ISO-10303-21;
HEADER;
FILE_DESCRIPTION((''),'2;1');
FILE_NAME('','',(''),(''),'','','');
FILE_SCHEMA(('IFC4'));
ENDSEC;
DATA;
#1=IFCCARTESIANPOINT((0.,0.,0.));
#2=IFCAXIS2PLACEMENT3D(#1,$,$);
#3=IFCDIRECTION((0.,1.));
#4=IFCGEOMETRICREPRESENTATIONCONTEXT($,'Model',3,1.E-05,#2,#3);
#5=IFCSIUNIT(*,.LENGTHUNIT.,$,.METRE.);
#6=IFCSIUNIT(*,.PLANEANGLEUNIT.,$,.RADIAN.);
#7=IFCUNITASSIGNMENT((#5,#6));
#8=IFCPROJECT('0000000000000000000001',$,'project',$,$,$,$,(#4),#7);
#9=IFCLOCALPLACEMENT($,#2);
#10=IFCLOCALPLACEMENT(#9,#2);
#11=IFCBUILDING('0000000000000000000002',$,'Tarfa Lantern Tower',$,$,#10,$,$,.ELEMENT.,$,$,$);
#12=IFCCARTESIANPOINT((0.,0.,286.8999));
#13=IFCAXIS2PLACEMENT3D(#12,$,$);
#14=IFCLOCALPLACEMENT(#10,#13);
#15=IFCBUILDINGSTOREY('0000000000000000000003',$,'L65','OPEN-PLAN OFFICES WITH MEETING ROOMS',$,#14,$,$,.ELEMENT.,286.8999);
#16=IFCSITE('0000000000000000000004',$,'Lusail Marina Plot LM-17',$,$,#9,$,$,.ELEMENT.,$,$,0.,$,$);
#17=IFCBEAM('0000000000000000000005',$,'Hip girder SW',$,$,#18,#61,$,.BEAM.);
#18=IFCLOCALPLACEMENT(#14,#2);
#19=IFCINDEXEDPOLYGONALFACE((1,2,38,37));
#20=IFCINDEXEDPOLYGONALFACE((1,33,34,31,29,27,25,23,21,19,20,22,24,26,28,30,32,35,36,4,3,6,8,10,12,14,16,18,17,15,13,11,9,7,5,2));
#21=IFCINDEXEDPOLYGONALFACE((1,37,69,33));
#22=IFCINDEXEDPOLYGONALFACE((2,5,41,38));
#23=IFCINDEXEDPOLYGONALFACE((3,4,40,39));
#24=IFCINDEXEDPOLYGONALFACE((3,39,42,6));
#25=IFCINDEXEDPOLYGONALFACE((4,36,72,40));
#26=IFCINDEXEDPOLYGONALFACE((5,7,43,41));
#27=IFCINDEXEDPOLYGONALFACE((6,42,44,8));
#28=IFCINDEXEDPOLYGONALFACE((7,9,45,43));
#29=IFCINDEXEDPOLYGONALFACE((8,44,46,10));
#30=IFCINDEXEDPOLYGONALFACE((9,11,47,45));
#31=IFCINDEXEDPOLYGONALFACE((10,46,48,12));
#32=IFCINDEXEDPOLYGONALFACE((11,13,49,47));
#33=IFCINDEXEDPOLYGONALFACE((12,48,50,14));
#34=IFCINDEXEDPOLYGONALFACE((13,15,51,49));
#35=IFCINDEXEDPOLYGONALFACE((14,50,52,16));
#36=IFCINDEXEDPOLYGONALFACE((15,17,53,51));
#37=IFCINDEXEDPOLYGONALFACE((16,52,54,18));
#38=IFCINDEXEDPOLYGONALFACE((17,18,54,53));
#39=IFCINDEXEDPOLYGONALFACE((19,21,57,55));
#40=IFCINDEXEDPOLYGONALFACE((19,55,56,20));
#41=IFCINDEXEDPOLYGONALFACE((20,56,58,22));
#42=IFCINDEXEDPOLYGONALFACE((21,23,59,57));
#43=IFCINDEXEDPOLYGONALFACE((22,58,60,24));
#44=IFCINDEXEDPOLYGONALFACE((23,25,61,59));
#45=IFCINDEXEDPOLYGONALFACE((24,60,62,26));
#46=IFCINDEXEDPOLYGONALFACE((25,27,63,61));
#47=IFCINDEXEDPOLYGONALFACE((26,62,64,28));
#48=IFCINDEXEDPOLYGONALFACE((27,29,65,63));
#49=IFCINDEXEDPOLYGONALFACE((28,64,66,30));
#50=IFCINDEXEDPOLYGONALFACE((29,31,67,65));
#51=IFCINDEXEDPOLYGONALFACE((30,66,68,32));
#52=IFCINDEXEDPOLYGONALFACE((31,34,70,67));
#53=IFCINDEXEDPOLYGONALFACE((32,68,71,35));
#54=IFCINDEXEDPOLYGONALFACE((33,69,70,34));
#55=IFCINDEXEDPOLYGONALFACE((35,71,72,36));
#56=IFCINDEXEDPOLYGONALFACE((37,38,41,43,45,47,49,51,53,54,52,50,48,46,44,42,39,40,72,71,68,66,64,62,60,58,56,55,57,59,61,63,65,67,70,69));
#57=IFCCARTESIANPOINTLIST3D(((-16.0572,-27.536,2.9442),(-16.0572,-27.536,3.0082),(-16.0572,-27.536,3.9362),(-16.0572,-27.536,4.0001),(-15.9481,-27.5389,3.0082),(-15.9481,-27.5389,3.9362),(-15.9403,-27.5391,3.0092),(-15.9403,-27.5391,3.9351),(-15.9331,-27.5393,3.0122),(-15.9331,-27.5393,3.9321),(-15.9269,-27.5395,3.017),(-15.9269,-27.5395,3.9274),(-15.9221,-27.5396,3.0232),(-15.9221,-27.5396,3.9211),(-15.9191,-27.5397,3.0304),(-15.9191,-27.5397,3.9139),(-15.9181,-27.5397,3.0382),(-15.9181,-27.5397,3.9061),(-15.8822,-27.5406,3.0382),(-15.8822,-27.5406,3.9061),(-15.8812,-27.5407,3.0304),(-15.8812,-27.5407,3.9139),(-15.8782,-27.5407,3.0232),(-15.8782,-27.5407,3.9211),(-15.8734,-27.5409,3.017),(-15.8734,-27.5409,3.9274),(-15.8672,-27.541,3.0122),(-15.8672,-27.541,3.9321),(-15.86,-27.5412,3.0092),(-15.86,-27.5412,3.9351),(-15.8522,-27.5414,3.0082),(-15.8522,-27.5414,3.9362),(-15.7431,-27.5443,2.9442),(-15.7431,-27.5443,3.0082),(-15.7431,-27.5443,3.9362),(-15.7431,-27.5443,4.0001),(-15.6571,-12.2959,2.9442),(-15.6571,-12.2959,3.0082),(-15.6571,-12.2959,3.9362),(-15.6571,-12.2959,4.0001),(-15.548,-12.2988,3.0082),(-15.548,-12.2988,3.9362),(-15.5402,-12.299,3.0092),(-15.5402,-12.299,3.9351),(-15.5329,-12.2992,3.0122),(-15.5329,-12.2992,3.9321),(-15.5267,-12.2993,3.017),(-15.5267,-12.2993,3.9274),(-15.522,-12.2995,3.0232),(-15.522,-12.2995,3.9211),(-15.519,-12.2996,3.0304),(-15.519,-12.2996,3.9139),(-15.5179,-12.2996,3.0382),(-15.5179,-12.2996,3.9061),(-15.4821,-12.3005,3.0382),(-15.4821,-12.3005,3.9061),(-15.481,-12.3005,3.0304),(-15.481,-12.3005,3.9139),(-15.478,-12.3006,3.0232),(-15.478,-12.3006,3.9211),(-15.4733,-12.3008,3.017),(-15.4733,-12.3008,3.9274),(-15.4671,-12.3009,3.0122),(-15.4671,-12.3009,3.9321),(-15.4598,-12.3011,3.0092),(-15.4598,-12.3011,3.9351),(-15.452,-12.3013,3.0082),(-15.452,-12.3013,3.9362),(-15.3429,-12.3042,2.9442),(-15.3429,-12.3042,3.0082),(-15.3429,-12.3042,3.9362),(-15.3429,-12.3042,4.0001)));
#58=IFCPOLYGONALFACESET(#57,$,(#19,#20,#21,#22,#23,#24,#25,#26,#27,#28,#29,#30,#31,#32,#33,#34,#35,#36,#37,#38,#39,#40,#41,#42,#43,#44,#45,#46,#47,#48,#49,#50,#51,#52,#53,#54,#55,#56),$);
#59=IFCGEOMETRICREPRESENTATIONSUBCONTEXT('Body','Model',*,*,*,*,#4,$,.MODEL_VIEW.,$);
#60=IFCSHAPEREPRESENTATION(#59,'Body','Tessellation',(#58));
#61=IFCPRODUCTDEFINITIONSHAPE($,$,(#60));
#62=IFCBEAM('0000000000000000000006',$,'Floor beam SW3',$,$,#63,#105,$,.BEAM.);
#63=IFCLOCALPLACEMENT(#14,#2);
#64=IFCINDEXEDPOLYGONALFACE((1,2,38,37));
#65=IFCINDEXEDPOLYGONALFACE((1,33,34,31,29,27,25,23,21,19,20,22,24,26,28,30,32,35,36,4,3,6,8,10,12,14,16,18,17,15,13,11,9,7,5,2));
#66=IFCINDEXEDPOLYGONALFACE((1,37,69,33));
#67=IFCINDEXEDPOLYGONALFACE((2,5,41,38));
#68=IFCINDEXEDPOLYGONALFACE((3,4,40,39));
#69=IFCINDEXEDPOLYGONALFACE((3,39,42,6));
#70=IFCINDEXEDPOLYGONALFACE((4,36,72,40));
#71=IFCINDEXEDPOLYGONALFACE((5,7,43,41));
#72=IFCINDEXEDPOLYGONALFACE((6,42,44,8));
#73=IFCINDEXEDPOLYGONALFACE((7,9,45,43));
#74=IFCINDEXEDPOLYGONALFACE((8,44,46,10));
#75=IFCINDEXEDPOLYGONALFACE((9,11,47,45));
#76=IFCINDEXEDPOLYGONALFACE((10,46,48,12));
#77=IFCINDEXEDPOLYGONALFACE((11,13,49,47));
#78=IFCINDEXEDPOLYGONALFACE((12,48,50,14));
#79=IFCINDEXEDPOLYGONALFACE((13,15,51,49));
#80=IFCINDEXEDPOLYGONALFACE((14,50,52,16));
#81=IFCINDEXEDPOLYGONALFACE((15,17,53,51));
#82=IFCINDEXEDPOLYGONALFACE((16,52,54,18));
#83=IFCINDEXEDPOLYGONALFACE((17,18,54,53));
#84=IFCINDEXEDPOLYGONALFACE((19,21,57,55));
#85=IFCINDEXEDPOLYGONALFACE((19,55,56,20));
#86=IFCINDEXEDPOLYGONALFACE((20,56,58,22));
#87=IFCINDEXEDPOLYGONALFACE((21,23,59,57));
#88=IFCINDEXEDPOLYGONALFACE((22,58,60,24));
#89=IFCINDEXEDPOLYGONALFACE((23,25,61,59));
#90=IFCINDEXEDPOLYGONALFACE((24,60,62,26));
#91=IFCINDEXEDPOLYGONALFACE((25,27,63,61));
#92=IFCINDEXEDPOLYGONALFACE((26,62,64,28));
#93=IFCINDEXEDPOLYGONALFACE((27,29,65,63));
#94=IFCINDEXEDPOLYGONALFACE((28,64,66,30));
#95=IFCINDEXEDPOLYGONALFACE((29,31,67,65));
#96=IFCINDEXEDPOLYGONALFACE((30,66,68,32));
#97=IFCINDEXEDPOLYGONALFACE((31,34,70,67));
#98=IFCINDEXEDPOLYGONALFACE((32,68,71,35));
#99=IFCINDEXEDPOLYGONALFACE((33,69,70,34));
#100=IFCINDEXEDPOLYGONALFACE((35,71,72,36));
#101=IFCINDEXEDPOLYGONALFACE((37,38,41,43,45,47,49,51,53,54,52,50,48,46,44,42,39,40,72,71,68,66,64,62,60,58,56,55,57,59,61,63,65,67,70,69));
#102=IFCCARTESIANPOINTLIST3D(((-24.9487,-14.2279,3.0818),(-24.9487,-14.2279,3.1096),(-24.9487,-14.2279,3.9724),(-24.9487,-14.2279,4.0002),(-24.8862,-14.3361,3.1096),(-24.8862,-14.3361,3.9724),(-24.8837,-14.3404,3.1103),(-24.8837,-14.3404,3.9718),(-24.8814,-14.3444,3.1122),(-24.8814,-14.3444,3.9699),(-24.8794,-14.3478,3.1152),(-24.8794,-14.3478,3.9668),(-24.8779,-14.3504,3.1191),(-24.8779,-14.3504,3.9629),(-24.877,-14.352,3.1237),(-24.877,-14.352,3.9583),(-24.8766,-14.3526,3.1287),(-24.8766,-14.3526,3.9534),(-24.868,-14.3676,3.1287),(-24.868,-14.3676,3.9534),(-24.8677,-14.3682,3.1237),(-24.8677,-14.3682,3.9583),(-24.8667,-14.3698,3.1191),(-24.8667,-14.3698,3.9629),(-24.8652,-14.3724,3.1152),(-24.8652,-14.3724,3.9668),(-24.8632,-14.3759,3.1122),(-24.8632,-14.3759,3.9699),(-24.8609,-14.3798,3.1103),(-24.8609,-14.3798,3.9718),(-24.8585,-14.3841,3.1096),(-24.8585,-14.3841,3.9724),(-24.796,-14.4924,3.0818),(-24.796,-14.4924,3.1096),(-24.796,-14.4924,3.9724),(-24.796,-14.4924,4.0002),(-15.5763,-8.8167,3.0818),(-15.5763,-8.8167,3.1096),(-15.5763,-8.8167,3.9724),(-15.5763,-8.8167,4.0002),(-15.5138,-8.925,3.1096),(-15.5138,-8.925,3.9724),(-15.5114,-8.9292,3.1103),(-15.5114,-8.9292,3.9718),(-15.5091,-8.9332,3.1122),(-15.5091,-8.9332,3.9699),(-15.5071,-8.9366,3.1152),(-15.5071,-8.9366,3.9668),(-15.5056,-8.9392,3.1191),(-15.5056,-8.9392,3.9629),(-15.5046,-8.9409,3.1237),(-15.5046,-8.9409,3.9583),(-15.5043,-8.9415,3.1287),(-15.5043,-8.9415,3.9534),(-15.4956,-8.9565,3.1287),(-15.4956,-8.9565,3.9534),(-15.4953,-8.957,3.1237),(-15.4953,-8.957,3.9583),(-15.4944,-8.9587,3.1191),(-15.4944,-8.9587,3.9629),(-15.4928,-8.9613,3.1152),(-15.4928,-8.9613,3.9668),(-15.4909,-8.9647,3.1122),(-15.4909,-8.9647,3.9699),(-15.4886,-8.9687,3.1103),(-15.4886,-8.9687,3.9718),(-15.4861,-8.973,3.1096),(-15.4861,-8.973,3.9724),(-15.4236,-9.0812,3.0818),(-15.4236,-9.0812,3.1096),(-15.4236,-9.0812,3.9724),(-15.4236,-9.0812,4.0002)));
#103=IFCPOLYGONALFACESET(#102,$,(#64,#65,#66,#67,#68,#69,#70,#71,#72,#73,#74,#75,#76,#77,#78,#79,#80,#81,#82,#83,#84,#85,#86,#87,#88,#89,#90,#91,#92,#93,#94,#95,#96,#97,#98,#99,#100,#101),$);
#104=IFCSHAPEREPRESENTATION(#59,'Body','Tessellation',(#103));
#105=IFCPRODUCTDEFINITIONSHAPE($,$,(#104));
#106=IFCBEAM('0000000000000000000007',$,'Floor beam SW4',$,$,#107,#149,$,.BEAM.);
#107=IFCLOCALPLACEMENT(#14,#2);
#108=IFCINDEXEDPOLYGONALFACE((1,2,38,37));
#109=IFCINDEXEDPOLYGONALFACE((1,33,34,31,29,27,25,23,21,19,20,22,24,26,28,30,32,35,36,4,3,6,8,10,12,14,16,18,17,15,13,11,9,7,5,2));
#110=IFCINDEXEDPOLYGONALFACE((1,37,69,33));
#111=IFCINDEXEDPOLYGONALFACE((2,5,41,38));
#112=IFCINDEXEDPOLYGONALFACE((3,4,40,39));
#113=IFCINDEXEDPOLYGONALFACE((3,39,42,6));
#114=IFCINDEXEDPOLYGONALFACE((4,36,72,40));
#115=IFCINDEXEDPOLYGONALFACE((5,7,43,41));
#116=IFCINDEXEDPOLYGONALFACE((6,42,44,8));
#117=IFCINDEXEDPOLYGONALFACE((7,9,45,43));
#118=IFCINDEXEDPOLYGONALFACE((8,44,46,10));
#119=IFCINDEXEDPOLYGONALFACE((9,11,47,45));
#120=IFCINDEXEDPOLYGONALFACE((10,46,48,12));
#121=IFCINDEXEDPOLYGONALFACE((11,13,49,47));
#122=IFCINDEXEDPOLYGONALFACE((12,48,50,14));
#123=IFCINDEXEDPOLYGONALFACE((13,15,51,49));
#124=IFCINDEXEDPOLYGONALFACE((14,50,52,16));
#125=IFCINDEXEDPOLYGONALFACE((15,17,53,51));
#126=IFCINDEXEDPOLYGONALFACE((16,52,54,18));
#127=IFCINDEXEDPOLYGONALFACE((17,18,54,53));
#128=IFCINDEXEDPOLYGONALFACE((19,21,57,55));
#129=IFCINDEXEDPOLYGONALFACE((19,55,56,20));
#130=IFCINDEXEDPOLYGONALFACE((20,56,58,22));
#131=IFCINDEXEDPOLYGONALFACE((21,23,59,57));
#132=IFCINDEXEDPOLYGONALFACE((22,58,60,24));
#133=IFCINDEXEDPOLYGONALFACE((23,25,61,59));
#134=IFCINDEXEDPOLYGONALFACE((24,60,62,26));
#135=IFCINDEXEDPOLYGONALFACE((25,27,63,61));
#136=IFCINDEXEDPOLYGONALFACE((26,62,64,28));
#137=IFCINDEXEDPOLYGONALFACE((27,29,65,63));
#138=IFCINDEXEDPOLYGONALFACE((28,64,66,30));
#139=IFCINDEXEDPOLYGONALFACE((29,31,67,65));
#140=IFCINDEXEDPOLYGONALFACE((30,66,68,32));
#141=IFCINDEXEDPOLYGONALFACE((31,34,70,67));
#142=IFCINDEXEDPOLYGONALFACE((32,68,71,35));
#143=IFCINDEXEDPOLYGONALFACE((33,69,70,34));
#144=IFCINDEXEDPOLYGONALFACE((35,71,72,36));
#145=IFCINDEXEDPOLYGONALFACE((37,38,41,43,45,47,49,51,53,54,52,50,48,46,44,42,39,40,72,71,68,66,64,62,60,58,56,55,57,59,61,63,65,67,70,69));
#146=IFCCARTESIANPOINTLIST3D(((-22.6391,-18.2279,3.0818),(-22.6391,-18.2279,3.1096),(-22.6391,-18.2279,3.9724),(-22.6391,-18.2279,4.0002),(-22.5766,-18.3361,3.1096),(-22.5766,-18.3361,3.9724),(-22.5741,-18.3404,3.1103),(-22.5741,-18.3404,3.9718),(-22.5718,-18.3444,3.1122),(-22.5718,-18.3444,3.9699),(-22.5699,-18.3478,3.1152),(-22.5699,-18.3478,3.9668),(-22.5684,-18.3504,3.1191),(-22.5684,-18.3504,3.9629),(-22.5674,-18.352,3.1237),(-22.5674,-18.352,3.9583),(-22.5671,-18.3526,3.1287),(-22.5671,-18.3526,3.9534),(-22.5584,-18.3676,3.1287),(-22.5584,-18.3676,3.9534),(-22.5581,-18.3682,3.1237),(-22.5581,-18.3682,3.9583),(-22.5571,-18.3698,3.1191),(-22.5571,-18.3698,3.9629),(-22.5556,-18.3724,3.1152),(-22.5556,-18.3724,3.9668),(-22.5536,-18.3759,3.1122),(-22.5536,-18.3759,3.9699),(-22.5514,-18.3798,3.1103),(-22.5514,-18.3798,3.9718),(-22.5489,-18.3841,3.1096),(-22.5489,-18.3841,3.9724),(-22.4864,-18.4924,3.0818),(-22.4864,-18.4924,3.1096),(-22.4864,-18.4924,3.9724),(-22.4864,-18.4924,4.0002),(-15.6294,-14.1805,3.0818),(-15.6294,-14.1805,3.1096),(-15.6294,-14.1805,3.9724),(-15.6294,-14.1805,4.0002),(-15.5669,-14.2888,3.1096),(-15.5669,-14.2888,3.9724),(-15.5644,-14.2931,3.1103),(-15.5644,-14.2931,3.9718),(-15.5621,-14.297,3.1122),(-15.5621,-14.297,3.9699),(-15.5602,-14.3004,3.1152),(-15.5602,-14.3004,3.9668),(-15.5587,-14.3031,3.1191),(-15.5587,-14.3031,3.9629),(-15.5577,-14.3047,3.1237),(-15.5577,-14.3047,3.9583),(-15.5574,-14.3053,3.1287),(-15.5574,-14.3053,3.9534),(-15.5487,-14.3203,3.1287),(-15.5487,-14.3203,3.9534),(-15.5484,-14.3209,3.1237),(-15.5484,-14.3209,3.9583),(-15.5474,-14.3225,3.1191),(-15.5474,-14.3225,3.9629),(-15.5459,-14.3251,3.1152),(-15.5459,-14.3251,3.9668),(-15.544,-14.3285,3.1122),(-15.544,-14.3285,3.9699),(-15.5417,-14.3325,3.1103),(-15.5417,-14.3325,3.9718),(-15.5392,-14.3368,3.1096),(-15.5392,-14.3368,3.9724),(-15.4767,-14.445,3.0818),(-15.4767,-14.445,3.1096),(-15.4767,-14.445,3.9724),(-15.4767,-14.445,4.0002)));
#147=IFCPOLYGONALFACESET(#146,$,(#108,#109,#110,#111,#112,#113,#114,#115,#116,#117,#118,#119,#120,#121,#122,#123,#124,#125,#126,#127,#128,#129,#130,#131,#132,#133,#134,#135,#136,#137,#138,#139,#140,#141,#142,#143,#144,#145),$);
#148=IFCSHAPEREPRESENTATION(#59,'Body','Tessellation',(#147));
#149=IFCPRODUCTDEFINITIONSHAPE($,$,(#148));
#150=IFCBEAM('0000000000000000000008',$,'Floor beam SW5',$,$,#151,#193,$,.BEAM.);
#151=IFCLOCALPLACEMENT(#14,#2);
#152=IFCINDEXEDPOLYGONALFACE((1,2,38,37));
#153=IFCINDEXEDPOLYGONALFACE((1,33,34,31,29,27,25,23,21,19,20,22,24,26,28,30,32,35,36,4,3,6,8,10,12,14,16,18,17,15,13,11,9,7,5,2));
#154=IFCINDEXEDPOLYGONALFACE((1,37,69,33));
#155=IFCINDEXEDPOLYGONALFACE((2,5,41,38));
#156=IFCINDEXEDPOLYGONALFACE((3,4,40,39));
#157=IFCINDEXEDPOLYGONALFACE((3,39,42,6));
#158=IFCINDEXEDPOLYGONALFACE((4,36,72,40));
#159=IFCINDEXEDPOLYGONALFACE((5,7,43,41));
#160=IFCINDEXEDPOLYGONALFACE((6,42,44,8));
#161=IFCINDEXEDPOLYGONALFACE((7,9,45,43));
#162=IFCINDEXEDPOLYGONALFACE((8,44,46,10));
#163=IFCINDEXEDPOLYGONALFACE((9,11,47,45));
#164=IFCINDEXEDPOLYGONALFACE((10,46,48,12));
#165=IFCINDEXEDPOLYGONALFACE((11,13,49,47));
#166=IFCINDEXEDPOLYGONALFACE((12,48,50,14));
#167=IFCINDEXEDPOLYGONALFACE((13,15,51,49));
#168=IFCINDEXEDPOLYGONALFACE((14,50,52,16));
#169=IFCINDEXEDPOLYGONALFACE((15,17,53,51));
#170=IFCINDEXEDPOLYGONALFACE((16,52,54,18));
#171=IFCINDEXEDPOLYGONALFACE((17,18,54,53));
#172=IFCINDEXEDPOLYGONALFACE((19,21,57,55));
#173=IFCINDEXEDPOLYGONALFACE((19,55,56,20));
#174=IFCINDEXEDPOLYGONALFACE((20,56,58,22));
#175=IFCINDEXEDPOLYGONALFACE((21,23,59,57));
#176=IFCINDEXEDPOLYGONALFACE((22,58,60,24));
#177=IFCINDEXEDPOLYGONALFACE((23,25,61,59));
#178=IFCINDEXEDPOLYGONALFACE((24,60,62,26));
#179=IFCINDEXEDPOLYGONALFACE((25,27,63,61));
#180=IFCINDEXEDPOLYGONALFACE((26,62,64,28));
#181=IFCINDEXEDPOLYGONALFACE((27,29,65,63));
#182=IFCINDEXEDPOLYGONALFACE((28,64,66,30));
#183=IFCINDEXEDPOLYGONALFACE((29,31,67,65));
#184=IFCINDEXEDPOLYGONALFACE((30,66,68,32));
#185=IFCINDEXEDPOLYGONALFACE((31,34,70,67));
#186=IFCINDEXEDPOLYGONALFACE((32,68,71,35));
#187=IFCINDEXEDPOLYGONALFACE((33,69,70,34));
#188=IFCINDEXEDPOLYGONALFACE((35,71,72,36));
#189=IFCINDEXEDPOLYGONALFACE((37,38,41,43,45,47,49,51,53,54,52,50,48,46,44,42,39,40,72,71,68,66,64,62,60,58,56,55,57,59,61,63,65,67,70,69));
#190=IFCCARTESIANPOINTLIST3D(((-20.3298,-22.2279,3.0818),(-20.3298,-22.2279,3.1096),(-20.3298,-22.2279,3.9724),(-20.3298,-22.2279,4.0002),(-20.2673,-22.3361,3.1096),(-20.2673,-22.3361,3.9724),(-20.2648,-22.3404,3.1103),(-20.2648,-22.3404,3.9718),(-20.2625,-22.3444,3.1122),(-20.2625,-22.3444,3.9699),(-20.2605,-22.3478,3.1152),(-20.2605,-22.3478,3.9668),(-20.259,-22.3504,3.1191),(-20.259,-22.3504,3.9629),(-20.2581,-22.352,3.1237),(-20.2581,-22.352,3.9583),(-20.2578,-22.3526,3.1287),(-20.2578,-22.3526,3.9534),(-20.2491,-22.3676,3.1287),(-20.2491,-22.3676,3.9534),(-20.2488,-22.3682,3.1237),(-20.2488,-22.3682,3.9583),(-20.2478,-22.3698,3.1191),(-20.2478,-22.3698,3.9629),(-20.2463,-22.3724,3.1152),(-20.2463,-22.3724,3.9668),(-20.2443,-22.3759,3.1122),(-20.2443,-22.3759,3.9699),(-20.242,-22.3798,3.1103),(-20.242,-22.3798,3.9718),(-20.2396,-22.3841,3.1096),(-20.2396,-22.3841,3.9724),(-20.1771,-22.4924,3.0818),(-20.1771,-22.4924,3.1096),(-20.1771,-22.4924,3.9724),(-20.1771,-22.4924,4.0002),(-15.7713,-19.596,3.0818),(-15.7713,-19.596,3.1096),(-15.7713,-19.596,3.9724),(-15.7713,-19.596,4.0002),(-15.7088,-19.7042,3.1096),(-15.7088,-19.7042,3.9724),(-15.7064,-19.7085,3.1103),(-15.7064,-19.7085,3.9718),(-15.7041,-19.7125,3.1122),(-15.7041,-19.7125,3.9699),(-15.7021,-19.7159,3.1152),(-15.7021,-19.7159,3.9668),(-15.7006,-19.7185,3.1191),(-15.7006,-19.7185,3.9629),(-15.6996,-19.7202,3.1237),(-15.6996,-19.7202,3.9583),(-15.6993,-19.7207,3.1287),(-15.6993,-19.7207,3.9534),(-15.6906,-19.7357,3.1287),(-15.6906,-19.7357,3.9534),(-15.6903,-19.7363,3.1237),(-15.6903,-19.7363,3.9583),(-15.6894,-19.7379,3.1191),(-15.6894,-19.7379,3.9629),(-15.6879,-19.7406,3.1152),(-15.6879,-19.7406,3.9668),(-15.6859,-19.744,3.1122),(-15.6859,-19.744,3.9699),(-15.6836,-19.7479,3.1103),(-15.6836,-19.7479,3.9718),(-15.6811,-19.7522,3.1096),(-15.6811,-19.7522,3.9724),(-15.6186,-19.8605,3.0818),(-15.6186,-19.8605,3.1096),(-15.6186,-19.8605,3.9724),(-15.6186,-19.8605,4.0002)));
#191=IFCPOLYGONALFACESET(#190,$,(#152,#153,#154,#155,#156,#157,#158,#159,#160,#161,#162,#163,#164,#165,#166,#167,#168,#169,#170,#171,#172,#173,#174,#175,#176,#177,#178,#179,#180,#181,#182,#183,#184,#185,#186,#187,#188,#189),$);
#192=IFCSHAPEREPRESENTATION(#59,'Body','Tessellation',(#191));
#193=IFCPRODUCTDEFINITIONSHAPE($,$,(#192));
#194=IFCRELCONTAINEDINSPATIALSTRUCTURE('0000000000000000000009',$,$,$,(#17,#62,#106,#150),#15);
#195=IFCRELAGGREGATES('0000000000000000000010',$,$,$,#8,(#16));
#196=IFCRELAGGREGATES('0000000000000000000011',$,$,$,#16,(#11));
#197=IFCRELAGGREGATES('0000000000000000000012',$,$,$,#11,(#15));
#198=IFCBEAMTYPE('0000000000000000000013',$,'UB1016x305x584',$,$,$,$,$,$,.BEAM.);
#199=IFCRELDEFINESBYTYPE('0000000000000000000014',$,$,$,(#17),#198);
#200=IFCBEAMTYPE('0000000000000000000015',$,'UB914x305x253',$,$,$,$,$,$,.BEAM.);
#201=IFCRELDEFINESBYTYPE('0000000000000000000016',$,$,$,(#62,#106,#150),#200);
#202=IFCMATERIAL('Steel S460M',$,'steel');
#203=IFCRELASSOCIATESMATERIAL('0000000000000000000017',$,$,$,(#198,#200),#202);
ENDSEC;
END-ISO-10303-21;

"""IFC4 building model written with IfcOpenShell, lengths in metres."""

from ifc_helpers import new_model, si_unit, direction, frame, origin, origin_2d, place, context, subcontext, project, spatial, i_section, extrude, material, material_profile, profile_set, type_object, element, save


model = new_model("IFC4")

# Units and contexts
model_context = context("Model", 3, precision=1e-05, world=origin(), true_north=direction((0.0, 1.0)))
body_context = subcontext(model_context, "Body", "Model", "MODEL_VIEW")
ifc_project = project(units=[si_unit("LENGTHUNIT", "METRE"), si_unit("PLANEANGLEUNIT", "RADIAN")], contexts=[model_context])

# Site, building, storey
site_placement = place(None, origin())
site = spatial("IfcSite", under=ifc_project, at=site_placement, Name="Lusail Marina Plot LM-17", CompositionType="ELEMENT", RefElevation=0.0)
building_placement = place(site_placement, origin())
building = spatial("IfcBuilding", under=site, at=building_placement, Name="Tarfa Lantern Tower", CompositionType="ELEMENT")
storey_placement = place(building_placement, frame((0.0, 0.0, 286.8999)))
storey = spatial("IfcBuildingStorey", under=building, at=storey_placement, Name="L65", Description="OPEN-PLAN OFFICES WITH MEETING ROOMS", CompositionType="ELEMENT", Elevation=286.8999)

# Beams
ifc_material_1 = material(Name="Steel S460M", Category="steel")
ifc_material_profile_1 = material_profile(ifc_material_1, i_section(OverallWidth=0.3142, OverallDepth=1.0559, WebThickness=0.0359, FlangeThickness=0.064, FilletRadius=0.03, at=origin_2d()), Name="UB1016x305x584")
ifc_profile_set_1 = profile_set([ifc_material_profile_1], Name="Steel S460M")
beam_type_1 = type_object("IfcBeamType", Name="UB1016x305x584", PredefinedType="BEAM", material=ifc_profile_set_1)
beam_1_placement = place(storey_placement, frame((-15.5, -12.3, 3.4722), z_axis=(-0.026247, -0.999655, 0.0), x_axis=(0.999655, -0.026247, 0.0)))
element("IfcBeam", 1, at=beam_1_placement, inside=storey, type_object=beam_type_1, Name="Hip girder SW", PredefinedType="BEAM", context=body_context, shape_type="SweptSolid", body=[
    extrude(i_section(OverallWidth=0.3142, OverallDepth=1.0559, WebThickness=0.0359, FlangeThickness=0.064, FilletRadius=0.03, at=origin_2d()), origin(), (0.0, 0.0, 1.0), 15.2454),
])
ifc_material_profile_2 = material_profile(ifc_material_1, i_section(OverallWidth=0.3054, OverallDepth=0.9185, WebThickness=0.0173, FlangeThickness=0.0278, FilletRadius=0.019, at=origin_2d()), Name="UB914x305x253")
ifc_profile_set_2 = profile_set([ifc_material_profile_2], Name="Steel S460M")
beam_type_2 = type_object("IfcBeamType", Name="UB914x305x253", PredefinedType="BEAM", material=ifc_profile_set_2)
beam_2_placement = place(storey_placement, frame((-24.8723, -14.3601, 3.541), z_axis=(0.866024, 0.500002, 0.0), x_axis=(-0.500002, 0.866024, 0.0)))
element("IfcBeam", 2, at=beam_2_placement, inside=storey, type_object=beam_type_2, Name="Floor beam SW3", PredefinedType="BEAM", context=body_context, shape_type="SweptSolid", body=[
    extrude(i_section(OverallWidth=0.3054, OverallDepth=0.9185, WebThickness=0.0173, FlangeThickness=0.0278, FilletRadius=0.019, at=origin_2d()), origin(), (0.0, 0.0, 1.0), 10.8223),
])
beam_3_placement = place(storey_placement, frame((-22.5627, -18.3601, 3.541), z_axis=(0.866011, 0.500025, 0.0), x_axis=(-0.500025, 0.866011, 0.0)))
element("IfcBeam", 3, at=beam_3_placement, inside=storey, type_object=beam_type_2, Name="Floor beam SW4", PredefinedType="BEAM", context=body_context, shape_type="SweptSolid", body=[
    extrude(i_section(OverallWidth=0.3054, OverallDepth=0.9185, WebThickness=0.0173, FlangeThickness=0.0278, FilletRadius=0.019, at=origin_2d()), origin(), (0.0, 0.0, 1.0), 8.0942),
])
beam_4_placement = place(storey_placement, frame((-20.2534, -22.3601, 3.541), z_axis=(0.86602, 0.50001, 0.0), x_axis=(-0.50001, 0.86602, 0.0)))
element("IfcBeam", 4, at=beam_4_placement, inside=storey, type_object=beam_type_2, Name="Floor beam SW5", PredefinedType="BEAM", context=body_context, shape_type="SweptSolid", body=[
    extrude(i_section(OverallWidth=0.3054, OverallDepth=0.9185, WebThickness=0.0173, FlangeThickness=0.0278, FilletRadius=0.019, at=origin_2d()), origin(), (0.0, 0.0, 1.0), 5.2637),
])

save(model, "model.ifc")
